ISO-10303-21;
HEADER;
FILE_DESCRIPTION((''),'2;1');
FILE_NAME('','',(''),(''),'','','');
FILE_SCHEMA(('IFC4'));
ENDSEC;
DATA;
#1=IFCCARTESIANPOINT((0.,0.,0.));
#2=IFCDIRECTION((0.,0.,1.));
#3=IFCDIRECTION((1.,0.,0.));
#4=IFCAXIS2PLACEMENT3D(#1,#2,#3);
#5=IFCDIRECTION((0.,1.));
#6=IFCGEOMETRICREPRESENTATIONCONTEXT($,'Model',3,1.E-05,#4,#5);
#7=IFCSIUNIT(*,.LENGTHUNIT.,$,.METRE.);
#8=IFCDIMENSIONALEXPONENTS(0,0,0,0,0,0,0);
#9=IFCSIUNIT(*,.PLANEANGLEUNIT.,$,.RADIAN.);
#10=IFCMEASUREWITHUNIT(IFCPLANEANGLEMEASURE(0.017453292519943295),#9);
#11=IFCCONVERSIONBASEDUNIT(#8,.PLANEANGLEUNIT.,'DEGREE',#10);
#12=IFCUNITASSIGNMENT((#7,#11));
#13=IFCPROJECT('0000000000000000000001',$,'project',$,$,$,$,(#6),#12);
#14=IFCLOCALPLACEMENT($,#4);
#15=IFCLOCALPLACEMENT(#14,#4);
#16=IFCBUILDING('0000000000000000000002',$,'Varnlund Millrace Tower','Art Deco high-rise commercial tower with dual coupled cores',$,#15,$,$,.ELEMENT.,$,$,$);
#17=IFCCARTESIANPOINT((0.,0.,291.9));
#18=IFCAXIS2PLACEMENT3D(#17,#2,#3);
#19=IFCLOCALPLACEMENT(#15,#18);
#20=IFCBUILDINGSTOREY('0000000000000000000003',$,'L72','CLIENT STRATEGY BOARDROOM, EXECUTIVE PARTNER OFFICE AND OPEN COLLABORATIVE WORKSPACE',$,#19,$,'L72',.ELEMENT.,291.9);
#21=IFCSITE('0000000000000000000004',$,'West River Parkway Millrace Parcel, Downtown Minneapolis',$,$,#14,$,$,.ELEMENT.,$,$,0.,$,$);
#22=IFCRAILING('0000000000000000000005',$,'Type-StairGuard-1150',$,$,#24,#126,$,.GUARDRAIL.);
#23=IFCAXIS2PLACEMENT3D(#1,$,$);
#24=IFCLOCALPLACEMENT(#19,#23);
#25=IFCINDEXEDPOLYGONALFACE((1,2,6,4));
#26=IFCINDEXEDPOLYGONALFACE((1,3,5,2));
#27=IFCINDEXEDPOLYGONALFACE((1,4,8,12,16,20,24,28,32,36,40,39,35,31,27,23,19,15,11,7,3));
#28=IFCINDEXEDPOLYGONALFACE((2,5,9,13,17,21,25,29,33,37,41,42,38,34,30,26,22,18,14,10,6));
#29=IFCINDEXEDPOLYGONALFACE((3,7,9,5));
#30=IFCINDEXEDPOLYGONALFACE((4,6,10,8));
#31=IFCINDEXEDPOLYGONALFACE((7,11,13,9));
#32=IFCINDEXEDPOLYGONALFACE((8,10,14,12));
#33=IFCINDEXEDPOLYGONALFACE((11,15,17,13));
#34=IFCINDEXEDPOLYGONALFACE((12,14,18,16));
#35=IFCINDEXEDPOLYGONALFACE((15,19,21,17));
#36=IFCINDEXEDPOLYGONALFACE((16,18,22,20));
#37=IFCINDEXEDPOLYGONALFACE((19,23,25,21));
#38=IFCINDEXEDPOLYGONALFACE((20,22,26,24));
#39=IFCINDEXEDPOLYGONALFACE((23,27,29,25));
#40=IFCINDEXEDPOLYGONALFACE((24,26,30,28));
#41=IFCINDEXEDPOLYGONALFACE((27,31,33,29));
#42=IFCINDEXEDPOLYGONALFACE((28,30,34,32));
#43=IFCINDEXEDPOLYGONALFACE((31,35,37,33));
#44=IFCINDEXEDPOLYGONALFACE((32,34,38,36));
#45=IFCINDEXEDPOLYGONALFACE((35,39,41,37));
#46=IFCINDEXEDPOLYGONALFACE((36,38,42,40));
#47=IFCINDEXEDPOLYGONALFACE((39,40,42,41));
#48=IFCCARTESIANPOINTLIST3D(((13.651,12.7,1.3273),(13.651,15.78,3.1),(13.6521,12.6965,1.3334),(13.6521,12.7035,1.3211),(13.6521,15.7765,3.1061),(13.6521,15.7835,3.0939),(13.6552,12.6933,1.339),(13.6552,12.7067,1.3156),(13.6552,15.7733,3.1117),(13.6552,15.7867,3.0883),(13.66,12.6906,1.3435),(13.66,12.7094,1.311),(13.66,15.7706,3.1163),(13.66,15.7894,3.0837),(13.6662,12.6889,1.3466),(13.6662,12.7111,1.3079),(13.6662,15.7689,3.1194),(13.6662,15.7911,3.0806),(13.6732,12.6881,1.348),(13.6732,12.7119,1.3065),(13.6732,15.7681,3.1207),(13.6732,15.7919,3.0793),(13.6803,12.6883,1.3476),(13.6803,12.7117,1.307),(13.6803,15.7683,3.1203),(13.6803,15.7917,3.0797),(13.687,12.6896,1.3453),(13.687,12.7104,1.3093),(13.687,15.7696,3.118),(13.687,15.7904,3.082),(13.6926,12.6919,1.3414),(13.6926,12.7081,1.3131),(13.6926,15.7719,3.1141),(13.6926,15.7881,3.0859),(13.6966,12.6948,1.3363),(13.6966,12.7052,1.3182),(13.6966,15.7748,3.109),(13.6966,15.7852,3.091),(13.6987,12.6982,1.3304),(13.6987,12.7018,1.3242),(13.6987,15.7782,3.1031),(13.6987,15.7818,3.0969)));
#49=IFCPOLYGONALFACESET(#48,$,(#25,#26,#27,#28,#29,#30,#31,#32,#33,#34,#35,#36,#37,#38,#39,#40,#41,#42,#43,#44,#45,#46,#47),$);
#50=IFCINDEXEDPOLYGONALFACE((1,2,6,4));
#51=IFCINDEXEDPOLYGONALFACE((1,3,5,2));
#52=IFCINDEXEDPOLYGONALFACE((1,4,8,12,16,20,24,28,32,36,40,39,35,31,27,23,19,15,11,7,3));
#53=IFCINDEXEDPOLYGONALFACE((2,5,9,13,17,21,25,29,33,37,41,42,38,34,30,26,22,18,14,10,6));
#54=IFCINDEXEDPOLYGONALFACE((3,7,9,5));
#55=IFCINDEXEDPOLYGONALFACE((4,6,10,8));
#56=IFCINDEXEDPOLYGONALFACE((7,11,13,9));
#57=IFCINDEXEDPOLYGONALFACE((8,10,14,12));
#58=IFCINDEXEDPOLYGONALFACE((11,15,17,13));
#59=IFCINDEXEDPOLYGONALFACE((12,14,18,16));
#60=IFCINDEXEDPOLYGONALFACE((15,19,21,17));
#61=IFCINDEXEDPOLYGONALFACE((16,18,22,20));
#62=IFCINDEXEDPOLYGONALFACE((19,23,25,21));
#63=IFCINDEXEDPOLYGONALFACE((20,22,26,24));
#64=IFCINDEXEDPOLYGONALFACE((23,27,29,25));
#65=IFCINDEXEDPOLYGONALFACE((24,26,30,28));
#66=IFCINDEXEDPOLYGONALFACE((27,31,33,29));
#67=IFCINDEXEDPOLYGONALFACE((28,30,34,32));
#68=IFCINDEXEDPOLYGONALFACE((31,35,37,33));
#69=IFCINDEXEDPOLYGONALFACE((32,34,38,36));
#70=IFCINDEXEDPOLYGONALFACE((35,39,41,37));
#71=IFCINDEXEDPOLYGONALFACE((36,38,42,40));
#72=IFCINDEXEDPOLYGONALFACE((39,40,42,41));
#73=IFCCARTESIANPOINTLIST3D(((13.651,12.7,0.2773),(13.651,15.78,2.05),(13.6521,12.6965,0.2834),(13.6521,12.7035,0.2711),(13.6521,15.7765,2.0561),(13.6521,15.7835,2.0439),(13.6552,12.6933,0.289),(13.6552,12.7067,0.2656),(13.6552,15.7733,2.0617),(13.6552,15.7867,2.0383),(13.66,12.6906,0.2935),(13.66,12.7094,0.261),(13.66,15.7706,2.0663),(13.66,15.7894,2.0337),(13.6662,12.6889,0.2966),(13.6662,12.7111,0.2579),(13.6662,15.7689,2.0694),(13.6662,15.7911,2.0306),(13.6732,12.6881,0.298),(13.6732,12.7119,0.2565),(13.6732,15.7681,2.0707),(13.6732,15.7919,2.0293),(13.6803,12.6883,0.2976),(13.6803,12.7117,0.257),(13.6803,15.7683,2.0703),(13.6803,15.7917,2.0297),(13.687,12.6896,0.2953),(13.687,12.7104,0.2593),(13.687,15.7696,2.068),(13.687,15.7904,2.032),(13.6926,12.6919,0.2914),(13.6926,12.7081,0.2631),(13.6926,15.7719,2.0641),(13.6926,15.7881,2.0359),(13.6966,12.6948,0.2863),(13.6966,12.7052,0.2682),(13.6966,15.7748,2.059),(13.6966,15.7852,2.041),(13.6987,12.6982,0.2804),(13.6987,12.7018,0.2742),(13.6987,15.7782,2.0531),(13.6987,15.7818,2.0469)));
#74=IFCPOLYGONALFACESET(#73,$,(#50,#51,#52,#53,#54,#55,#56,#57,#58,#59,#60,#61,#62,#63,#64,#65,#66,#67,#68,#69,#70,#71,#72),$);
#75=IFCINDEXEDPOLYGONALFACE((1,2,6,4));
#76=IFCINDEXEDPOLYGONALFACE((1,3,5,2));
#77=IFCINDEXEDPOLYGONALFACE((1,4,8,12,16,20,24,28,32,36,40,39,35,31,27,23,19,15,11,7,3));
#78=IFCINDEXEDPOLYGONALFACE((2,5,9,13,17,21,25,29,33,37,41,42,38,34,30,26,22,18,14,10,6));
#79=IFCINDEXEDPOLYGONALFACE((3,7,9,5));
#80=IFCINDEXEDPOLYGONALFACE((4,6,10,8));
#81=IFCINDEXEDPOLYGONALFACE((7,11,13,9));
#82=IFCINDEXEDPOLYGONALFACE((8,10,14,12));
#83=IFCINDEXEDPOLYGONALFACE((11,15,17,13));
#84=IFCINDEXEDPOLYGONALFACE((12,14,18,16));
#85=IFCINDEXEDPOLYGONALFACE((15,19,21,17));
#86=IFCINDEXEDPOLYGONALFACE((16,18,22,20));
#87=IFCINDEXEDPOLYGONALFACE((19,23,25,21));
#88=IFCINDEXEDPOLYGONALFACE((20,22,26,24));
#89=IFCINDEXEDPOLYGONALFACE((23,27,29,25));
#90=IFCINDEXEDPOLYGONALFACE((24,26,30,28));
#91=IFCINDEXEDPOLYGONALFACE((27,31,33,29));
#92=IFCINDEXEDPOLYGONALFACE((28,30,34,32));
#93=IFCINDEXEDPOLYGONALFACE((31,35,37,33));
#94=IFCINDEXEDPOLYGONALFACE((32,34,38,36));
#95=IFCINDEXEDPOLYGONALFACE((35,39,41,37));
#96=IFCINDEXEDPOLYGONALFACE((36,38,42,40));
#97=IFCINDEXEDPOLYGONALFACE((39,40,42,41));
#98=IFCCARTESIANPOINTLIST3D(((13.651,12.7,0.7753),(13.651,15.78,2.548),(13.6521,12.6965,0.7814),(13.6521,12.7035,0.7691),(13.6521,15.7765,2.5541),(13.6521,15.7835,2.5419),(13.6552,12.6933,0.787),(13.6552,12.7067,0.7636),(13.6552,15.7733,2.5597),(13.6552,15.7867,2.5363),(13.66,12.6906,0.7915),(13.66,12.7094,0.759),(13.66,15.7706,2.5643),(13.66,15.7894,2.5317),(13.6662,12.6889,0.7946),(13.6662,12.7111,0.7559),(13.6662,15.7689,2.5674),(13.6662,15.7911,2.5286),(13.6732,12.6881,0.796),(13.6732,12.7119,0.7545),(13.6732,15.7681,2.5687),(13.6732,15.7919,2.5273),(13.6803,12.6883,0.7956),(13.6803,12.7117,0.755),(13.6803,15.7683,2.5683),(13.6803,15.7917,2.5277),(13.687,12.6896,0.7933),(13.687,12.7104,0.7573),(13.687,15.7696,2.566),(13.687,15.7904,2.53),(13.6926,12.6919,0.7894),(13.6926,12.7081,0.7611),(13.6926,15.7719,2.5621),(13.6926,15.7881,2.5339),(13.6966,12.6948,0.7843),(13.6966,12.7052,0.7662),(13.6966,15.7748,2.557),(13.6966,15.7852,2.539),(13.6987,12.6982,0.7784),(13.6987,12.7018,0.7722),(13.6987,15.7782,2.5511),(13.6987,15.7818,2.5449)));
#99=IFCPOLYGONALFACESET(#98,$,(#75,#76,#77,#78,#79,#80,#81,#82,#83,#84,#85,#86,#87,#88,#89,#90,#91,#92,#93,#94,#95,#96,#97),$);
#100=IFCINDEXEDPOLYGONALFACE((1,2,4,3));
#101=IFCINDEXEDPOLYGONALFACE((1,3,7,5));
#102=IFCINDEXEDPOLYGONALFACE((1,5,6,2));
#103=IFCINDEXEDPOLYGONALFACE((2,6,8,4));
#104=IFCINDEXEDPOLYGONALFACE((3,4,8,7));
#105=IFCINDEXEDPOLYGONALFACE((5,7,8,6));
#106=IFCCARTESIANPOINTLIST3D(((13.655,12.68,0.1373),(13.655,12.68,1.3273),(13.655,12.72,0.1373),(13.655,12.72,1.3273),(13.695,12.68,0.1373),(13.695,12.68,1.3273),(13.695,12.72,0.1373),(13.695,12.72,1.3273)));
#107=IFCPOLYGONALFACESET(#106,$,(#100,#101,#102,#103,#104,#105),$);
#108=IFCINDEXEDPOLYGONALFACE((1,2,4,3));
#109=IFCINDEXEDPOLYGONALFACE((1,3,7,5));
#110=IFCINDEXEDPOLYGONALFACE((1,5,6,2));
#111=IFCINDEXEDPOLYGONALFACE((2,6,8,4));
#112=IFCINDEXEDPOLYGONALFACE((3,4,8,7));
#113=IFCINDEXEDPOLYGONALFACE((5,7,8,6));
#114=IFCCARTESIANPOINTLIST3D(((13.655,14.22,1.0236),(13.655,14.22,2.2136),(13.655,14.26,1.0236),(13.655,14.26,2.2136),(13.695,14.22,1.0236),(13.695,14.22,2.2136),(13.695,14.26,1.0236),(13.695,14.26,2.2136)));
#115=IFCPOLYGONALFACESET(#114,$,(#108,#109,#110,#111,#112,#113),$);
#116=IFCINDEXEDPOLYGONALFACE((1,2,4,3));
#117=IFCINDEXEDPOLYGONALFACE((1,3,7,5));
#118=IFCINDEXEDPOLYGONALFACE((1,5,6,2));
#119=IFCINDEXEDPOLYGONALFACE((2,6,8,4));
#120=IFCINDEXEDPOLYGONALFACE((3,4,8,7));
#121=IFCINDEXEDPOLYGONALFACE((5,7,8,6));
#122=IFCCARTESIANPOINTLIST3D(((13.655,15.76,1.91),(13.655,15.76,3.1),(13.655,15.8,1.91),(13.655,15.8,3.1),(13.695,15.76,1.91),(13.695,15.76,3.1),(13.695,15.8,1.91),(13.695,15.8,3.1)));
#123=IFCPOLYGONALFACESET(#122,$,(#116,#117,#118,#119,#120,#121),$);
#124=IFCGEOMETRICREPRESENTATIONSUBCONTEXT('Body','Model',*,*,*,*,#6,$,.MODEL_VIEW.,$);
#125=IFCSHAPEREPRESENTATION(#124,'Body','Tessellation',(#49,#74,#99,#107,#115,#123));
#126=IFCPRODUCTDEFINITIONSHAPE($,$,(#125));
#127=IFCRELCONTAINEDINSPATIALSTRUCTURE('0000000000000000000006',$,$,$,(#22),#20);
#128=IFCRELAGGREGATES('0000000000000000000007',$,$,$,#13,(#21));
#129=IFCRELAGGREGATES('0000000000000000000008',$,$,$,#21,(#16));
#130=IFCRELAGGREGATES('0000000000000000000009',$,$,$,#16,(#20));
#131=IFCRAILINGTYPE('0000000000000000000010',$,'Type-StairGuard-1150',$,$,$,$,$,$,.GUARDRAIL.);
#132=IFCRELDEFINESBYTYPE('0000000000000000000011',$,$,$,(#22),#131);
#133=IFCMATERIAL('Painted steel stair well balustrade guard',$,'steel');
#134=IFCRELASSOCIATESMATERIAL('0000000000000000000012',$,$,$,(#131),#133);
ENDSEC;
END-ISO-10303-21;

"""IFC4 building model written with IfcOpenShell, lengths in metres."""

from ifc_helpers import new_model, entity, si_unit, converted_unit, direction, frame, origin_with_axes, origin_2d_with_axis, place, context, subcontext, project, spatial, rectangle, circle, extrude, material, type_object, element, save


model = new_model("IFC4")

# Units and contexts
model_context = context("Model", 3, precision=1e-05, world=origin_with_axes(), true_north=direction((0.0, 1.0)))
body_context = subcontext(model_context, "Body", "Model", "MODEL_VIEW")
ifc_project = project(units=[si_unit("LENGTHUNIT", "METRE"), converted_unit("PLANEANGLEUNIT", "DEGREE", entity("IfcPlaneAngleMeasure", 0.017453292519943295), si_unit("PLANEANGLEUNIT", "RADIAN"), dimensions=[0, 0, 0, 0, 0, 0, 0])], contexts=[model_context])

# Site, building, storey
site_placement = place(None, origin_with_axes())
site = spatial("IfcSite", under=ifc_project, at=site_placement, Name="West River Parkway Millrace Parcel, Downtown Minneapolis", CompositionType="ELEMENT", RefElevation=0.0)
building_placement = place(site_placement, origin_with_axes())
building = spatial("IfcBuilding", under=site, at=building_placement, Name="Varnlund Millrace Tower", Description="Art Deco high-rise commercial tower with dual coupled cores", CompositionType="ELEMENT")
storey_placement = place(building_placement, frame((0.0, 0.0, 291.9), z_axis=(0.0, 0.0, 1.0), x_axis=(1.0, 0.0, 0.0)))
storey = spatial("IfcBuildingStorey", under=building, at=storey_placement, Name="L72", Description="CLIENT STRATEGY BOARDROOM, EXECUTIVE PARTNER OFFICE AND OPEN COLLABORATIVE WORKSPACE", LongName="L72", CompositionType="ELEMENT", Elevation=291.9)

# Railing
ifc_material_1 = material(Name="Painted steel stair well balustrade guard", Category="steel")
railing_type_1 = type_object("IfcRailingType", Name="Type-StairGuard-1150", PredefinedType="GUARDRAIL", material=ifc_material_1)
railing_1_placement = place(storey_placement, frame((0.0, 0.0, -291.9), z_axis=(0.0, 0.0, 1.0), x_axis=(1.0, 0.0, 0.0)))
element("IfcRailing", 1, at=railing_1_placement, inside=storey, type_object=railing_type_1, Name="Type-StairGuard-1150", PredefinedType="GUARDRAIL", context=body_context, shape_type="SweptSolid", body=[
    extrude(circle(Radius=0.024, at=origin_2d_with_axis()), frame((13.675, 12.7, 293.2273), z_axis=(0.0, 0.866696, 0.498836), x_axis=(-1.0, 0.0, 0.0)), (0.0, 0.0, 1.0), 3.5537),
    extrude(circle(Radius=0.024, at=origin_2d_with_axis()), frame((13.675, 12.7, 292.1773), z_axis=(0.0, 0.866696, 0.498836), x_axis=(-1.0, 0.0, 0.0)), (0.0, 0.0, 1.0), 3.5537),
    extrude(circle(Radius=0.024, at=origin_2d_with_axis()), frame((13.675, 12.7, 292.6753), z_axis=(0.0, 0.866696, 0.498836), x_axis=(-1.0, 0.0, 0.0)), (0.0, 0.0, 1.0), 3.5537),
    extrude(rectangle(XDim=0.04, YDim=0.04, at=origin_2d_with_axis()), frame((13.675, 12.7, 292.0373), z_axis=(0.0, 0.0, 1.0), x_axis=(1.0, 0.0, 0.0)), (0.0, 0.0, 1.0), 1.19),
    extrude(rectangle(XDim=0.04, YDim=0.04, at=origin_2d_with_axis()), frame((13.675, 14.24, 292.9236), z_axis=(0.0, 0.0, 1.0), x_axis=(1.0, 0.0, 0.0)), (0.0, 0.0, 1.0), 1.19),
    extrude(rectangle(XDim=0.04, YDim=0.04, at=origin_2d_with_axis()), frame((13.675, 15.78, 293.81), z_axis=(0.0, 0.0, 1.0), x_axis=(1.0, 0.0, 0.0)), (0.0, 0.0, 1.0), 1.19),
])

save(model, "model.ifc")
